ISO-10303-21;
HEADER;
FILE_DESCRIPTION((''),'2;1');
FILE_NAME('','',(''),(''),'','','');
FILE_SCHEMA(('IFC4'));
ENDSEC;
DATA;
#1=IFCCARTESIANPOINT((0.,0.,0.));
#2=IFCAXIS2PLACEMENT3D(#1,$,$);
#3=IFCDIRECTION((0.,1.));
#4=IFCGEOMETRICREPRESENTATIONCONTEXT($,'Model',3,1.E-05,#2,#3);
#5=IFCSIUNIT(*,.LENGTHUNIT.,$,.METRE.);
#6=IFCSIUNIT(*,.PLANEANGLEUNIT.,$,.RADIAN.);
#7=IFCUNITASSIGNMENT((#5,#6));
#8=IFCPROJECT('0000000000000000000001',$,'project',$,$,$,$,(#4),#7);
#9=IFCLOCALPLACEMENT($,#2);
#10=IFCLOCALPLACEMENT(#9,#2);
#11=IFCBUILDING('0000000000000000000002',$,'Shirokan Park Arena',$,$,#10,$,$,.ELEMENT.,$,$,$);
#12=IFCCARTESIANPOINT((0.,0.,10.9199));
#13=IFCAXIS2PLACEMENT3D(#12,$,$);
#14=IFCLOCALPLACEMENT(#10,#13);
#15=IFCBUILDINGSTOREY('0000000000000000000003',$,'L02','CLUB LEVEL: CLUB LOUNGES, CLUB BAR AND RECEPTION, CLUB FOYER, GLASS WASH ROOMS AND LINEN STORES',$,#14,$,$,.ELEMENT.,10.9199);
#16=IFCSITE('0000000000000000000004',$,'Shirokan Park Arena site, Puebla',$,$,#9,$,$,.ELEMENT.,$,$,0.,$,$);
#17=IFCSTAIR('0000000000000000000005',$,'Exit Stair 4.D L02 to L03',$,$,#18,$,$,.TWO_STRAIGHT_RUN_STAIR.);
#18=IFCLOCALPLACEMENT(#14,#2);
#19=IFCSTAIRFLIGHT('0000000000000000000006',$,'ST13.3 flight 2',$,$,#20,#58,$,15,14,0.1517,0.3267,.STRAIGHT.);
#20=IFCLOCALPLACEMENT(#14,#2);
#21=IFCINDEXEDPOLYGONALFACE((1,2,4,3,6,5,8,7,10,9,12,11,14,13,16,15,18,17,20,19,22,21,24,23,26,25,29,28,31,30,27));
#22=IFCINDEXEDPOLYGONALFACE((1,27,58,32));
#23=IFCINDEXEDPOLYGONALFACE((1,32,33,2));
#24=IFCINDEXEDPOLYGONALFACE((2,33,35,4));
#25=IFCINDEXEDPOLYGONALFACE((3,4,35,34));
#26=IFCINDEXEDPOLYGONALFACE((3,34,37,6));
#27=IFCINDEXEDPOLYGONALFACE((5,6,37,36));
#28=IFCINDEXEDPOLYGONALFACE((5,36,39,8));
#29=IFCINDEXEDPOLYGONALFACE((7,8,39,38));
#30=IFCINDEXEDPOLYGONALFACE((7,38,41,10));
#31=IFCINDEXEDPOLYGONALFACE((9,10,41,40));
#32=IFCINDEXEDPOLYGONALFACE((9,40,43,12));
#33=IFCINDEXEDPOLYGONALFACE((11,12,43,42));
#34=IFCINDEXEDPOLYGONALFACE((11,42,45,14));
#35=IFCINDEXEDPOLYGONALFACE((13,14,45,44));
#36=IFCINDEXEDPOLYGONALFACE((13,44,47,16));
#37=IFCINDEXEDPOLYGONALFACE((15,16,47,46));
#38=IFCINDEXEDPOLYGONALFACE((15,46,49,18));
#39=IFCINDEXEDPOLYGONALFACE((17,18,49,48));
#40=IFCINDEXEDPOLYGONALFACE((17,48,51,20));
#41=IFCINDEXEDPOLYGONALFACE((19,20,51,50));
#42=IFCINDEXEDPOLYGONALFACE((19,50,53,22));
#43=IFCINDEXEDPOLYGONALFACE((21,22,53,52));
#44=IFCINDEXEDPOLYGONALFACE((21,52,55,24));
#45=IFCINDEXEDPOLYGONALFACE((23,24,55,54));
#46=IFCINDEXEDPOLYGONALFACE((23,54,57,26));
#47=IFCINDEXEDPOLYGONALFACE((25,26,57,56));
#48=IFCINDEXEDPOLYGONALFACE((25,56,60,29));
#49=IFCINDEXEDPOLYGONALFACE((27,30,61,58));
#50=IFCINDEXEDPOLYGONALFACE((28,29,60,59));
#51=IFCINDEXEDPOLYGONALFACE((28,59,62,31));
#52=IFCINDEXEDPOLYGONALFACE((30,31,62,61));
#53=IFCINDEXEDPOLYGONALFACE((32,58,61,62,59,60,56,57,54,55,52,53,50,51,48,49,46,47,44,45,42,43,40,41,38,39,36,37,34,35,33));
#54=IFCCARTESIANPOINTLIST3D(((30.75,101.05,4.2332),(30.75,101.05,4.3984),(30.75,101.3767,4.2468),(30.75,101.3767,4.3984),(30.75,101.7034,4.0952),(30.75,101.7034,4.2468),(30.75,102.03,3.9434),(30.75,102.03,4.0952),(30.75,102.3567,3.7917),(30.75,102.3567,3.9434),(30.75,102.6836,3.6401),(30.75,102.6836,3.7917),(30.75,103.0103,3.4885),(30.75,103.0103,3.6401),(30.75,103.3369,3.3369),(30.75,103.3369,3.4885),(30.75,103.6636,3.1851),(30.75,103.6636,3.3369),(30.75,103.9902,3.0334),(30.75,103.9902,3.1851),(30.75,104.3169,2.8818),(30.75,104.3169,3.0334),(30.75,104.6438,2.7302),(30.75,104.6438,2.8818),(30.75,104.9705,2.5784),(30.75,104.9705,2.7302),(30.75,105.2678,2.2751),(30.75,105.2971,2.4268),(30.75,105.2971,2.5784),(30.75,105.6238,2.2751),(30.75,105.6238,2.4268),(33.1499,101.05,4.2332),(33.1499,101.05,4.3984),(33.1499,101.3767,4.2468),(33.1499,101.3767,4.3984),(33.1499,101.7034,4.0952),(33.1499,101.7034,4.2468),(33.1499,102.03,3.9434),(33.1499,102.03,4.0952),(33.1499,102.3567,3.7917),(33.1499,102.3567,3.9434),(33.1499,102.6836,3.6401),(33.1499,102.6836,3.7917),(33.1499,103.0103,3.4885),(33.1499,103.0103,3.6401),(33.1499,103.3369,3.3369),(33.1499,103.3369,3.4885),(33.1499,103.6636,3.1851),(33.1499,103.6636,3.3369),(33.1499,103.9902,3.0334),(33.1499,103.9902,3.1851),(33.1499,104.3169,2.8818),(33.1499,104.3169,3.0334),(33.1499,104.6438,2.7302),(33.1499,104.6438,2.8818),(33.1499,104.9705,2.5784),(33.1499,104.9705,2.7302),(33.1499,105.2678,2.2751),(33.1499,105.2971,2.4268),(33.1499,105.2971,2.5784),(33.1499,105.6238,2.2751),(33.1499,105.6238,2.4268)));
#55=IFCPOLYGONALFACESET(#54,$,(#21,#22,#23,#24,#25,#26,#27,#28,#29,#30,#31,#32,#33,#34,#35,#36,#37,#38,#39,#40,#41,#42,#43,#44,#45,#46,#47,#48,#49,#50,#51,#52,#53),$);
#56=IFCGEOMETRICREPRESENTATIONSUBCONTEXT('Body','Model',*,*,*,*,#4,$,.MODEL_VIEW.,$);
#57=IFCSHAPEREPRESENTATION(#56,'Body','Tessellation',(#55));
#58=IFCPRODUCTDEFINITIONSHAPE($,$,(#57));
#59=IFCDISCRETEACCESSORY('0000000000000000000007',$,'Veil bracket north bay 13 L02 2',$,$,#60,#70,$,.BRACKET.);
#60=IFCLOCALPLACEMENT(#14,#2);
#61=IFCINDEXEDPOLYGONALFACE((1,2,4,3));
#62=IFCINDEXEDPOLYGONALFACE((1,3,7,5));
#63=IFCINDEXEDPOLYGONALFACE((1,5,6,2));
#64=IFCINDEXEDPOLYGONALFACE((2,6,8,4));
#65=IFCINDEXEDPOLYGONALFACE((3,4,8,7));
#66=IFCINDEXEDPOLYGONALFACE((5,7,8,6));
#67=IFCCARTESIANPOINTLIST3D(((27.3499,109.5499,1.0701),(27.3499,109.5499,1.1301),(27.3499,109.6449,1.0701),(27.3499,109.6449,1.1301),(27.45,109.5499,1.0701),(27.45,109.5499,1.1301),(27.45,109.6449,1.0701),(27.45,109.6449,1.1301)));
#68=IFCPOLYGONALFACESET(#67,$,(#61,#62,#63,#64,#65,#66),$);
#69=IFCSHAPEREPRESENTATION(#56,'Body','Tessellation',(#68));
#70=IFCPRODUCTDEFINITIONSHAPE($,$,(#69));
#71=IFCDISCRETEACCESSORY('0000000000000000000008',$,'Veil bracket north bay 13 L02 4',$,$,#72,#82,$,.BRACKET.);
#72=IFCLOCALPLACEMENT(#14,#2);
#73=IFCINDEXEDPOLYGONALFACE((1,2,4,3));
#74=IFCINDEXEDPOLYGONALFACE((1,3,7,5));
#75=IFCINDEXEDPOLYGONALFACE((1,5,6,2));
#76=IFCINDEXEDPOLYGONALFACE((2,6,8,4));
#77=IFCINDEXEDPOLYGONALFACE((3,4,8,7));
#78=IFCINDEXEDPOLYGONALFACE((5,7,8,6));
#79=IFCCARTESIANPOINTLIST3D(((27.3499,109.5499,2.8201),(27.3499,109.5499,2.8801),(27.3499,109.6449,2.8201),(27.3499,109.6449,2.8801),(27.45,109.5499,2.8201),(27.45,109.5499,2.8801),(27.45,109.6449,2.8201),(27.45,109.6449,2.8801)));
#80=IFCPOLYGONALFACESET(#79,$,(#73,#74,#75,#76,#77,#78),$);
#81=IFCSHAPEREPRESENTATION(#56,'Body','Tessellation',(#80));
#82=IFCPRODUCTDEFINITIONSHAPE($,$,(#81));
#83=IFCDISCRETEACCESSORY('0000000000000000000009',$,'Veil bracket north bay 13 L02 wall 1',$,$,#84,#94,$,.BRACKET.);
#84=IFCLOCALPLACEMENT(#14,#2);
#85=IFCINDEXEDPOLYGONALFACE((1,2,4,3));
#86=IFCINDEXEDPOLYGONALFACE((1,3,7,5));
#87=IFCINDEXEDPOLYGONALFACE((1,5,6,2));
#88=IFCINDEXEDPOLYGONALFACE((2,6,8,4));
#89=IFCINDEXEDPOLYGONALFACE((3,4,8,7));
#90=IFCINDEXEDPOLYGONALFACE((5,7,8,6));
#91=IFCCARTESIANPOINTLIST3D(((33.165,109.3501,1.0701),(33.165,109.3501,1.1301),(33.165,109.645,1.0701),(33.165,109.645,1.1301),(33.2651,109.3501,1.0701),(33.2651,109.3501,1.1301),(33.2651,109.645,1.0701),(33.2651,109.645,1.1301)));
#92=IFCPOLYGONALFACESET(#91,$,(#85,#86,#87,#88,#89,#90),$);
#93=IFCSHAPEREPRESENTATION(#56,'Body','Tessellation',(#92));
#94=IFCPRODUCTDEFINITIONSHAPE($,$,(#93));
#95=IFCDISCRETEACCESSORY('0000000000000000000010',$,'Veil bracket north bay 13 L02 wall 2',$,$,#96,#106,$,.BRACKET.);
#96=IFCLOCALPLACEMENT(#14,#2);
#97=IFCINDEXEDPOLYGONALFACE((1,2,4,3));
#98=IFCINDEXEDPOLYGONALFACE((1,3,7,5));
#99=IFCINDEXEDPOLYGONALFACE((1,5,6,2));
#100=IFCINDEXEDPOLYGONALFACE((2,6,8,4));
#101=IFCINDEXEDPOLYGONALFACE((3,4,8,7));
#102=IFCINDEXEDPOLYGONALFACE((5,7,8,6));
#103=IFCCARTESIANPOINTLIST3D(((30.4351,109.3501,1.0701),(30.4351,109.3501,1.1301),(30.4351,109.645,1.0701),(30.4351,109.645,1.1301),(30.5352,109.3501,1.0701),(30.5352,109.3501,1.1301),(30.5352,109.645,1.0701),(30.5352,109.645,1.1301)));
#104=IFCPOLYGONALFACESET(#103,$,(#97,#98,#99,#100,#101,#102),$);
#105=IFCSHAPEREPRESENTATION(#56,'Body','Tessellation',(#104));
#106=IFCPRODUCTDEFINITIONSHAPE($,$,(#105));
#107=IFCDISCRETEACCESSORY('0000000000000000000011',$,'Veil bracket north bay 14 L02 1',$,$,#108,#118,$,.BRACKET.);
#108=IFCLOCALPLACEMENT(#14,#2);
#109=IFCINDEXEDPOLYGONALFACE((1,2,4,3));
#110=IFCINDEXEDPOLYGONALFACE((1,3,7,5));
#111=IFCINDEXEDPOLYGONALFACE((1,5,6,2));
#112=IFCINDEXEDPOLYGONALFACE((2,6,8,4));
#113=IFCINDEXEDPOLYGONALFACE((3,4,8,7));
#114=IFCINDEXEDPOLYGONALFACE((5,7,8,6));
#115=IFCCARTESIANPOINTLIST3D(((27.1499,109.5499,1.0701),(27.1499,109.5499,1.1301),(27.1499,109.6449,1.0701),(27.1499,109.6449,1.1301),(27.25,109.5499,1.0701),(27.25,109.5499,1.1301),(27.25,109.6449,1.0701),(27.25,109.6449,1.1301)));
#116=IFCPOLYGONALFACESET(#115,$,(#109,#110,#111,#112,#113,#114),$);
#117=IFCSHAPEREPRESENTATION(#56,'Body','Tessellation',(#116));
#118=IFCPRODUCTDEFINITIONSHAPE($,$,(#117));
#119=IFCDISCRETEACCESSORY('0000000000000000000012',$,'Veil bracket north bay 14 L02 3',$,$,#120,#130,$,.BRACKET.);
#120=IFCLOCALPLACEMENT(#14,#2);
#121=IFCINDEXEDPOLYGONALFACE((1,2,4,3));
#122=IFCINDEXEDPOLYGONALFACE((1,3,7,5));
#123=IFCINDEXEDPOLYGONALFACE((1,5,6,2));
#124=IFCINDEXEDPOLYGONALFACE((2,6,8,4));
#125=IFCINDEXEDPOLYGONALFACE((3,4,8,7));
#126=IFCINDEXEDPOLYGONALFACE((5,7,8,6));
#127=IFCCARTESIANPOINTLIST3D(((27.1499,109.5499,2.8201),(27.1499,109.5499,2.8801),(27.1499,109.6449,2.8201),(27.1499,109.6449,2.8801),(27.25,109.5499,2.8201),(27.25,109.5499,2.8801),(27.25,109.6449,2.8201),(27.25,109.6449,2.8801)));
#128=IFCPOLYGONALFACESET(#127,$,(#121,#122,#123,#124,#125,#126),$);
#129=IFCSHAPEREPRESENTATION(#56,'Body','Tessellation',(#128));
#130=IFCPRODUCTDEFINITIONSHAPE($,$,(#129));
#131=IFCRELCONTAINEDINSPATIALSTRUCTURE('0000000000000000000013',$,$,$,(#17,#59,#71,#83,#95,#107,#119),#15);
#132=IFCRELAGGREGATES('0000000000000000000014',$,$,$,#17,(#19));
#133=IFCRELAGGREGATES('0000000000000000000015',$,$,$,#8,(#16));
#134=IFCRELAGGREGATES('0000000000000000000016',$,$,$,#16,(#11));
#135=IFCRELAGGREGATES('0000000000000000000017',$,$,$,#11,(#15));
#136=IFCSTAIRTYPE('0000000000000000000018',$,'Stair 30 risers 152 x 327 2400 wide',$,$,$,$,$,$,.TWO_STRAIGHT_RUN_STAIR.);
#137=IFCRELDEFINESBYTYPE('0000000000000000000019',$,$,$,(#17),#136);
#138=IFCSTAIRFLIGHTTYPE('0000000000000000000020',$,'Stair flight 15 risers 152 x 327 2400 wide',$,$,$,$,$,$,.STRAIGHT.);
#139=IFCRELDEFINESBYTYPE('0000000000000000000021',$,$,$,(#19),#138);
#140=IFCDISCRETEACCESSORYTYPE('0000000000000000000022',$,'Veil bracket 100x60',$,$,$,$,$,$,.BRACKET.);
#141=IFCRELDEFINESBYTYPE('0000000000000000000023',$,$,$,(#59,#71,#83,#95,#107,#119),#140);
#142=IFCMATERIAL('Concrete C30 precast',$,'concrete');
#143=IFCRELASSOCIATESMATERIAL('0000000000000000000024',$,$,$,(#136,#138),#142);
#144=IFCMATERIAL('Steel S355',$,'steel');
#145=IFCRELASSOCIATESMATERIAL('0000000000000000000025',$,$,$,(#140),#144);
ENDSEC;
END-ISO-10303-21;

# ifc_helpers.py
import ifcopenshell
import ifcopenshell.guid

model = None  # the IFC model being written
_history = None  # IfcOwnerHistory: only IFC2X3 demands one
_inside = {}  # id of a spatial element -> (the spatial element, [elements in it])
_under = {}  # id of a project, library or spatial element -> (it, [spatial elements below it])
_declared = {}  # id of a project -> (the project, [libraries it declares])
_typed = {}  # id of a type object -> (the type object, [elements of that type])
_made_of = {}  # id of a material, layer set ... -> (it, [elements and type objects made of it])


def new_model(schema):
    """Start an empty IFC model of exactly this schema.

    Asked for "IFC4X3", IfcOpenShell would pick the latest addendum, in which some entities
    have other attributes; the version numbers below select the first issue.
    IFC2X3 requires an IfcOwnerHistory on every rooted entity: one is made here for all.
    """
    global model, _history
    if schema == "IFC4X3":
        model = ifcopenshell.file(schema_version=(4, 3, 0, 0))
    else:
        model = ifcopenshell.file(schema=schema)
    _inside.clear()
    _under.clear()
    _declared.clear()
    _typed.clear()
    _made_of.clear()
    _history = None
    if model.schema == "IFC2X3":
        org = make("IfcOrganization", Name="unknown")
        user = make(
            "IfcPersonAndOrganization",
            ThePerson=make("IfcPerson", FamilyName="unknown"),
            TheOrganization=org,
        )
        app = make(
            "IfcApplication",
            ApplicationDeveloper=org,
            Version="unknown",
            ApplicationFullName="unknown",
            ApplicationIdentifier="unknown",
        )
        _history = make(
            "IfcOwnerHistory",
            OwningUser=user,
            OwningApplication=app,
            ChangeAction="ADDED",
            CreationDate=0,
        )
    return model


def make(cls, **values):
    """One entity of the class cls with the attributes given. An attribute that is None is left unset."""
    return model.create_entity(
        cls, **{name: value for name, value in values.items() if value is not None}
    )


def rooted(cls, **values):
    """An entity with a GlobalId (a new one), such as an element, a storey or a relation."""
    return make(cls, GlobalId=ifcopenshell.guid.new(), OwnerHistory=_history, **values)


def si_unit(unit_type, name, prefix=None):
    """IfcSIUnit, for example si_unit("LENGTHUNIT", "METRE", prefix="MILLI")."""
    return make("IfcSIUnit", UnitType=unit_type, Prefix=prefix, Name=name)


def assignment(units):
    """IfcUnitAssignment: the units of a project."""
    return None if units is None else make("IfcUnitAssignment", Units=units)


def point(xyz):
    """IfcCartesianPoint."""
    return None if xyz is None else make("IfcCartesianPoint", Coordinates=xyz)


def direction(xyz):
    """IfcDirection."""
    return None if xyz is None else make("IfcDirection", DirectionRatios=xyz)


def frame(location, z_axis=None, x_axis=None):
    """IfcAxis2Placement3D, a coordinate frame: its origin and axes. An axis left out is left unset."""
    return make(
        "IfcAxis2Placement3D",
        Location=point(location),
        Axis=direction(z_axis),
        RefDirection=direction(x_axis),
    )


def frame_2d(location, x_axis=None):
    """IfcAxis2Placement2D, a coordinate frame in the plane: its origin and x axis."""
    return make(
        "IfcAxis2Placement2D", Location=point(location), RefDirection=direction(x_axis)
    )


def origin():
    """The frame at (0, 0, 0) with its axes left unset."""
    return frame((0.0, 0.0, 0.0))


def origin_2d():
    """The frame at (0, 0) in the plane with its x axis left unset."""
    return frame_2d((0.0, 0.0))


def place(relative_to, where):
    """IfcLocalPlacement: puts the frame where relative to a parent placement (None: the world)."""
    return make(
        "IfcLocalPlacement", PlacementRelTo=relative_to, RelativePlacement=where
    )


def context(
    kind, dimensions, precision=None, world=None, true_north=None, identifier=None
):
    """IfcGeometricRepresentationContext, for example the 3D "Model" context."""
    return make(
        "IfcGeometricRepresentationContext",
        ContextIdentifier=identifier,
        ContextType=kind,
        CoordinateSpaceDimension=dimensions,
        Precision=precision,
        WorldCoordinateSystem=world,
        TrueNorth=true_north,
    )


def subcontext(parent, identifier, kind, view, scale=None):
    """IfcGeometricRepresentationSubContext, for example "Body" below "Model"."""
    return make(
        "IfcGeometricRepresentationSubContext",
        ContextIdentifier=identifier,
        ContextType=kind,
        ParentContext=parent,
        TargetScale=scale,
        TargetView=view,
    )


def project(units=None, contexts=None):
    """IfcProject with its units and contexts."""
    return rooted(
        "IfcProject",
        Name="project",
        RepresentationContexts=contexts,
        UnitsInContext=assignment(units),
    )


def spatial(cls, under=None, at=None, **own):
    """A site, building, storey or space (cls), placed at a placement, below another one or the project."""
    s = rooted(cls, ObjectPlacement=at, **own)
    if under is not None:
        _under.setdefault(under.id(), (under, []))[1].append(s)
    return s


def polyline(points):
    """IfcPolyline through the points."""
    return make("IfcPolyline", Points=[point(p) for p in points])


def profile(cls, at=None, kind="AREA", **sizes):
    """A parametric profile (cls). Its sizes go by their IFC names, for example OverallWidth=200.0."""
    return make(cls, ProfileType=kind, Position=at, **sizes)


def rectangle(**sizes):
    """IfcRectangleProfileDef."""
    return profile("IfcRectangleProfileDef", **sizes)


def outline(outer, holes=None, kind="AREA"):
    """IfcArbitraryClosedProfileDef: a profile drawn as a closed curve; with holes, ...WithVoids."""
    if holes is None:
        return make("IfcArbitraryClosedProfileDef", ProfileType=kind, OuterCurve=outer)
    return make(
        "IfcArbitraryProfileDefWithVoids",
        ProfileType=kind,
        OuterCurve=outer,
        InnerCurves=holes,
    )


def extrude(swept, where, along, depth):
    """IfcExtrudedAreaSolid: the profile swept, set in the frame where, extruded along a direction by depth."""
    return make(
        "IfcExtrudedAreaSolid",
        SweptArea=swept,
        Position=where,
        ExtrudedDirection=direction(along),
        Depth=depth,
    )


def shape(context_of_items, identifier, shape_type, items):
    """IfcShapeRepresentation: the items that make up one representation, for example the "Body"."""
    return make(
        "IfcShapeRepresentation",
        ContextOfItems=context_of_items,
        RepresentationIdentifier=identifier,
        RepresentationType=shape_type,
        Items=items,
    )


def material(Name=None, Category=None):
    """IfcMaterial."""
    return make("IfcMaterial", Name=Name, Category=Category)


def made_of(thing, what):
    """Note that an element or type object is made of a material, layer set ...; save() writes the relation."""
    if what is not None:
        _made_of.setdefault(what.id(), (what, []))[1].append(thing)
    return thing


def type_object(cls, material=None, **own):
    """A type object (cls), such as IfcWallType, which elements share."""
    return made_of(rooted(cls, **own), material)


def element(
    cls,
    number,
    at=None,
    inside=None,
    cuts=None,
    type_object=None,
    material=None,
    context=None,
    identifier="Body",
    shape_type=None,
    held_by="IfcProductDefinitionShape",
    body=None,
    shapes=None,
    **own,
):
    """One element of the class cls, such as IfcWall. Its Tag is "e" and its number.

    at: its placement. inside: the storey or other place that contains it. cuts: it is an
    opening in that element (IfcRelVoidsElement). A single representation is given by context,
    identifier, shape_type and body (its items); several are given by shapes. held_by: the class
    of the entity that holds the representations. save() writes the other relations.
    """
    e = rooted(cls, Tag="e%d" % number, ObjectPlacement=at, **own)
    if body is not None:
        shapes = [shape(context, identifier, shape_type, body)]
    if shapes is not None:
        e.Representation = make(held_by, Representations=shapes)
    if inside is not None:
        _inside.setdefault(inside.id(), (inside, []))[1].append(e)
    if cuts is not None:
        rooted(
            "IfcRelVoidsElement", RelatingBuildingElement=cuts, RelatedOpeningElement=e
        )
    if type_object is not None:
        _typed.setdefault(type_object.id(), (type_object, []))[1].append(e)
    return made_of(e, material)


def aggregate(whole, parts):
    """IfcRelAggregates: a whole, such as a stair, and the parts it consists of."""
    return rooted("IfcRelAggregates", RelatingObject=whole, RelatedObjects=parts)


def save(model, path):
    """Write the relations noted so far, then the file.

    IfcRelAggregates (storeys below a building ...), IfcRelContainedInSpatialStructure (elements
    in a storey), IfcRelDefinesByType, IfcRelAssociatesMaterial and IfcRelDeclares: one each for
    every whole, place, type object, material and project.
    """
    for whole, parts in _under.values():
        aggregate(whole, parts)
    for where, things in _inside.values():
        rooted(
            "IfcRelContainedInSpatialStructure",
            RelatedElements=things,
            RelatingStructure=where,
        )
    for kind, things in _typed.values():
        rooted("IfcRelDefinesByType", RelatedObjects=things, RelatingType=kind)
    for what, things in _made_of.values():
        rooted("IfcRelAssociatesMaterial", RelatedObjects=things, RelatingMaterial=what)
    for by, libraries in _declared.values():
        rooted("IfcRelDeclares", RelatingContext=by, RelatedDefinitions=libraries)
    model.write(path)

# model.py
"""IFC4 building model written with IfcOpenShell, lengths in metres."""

from ifc_helpers import new_model, si_unit, direction, frame, origin, origin_2d, place, context, subcontext, project, spatial, polyline, rectangle, outline, extrude, material, type_object, element, aggregate, save


model = new_model("IFC4")

# Units and contexts
model_context = context("Model", 3, precision=1e-05, world=origin(), true_north=direction((0.0, 1.0)))
body_context = subcontext(model_context, "Body", "Model", "MODEL_VIEW")
ifc_project = project(units=[si_unit("LENGTHUNIT", "METRE"), si_unit("PLANEANGLEUNIT", "RADIAN")], contexts=[model_context])

# Site, building, storey
site_placement = place(None, origin())
site = spatial("IfcSite", under=ifc_project, at=site_placement, Name="Shirokan Park Arena site, Puebla", CompositionType="ELEMENT", RefElevation=0.0)
building_placement = place(site_placement, origin())
building = spatial("IfcBuilding", under=site, at=building_placement, Name="Shirokan Park Arena", CompositionType="ELEMENT")
storey_placement = place(building_placement, frame((0.0, 0.0, 10.9199)))
storey = spatial("IfcBuildingStorey", under=building, at=storey_placement, Name="L02", Description="CLUB LEVEL: CLUB LOUNGES, CLUB BAR AND RECEPTION, CLUB FOYER, GLASS WASH ROOMS AND LINEN STORES", CompositionType="ELEMENT", Elevation=10.9199)

# Shared definitions
ifc_material_1 = material(Name="Steel S355", Category="steel")

# Stair, stair flight
ifc_material_2 = material(Name="Concrete C30 precast", Category="concrete")
stair_type = type_object("IfcStairType", Name="Stair 30 risers 152 x 327 2400 wide", PredefinedType="TWO_STRAIGHT_RUN_STAIR", material=ifc_material_2)
stair_placement = place(storey_placement, origin())
stair = element("IfcStair", 1, at=stair_placement, inside=storey, type_object=stair_type, Name="Exit Stair 4.D L02 to L03", PredefinedType="TWO_STRAIGHT_RUN_STAIR")
stair_flight_type = type_object("IfcStairFlightType", Name="Stair flight 15 risers 152 x 327 2400 wide", PredefinedType="STRAIGHT", material=ifc_material_2)
stair_flight_placement = place(storey_placement, frame((31.95, 105.6238, 2.2751), z_axis=(0.0, 0.0, 1.0), x_axis=(0.0, -1.0, 0.0)))
stair_flight = element("IfcStairFlight", 2, at=stair_flight_placement, type_object=stair_flight_type, Name="ST13.3 flight 2", NumberOfRisers=15, NumberOfTreads=14, PredefinedType="STRAIGHT", RiserHeight=0.1517, TreadLength=0.3267, context=body_context, shape_type="SweptSolid", body=[
    extrude(outline(polyline([(0.0, 0.0), (0.0, 0.1516), (0.3267, 0.1516), (0.3267, 0.3032), (0.6533, 0.3032), (0.6533, 0.4551), (0.98, 0.4551), (0.98, 0.6067), (1.3069, 0.6067), (1.3069, 0.7583), (1.6335, 0.7583), (1.6335, 0.9099), (1.9602, 0.9099), (1.9602, 1.0618), (2.2869, 1.0618), (2.2869, 1.2134), (2.6135, 1.2134), (2.6135, 1.365), (2.9402, 1.365), (2.9402, 1.5166), (3.2671, 1.5166), (3.2671, 1.6682), (3.5938, 1.6682), (3.5938, 1.8201), (3.9204, 1.8201), (3.9204, 1.9717), (4.2471, 1.9717), (4.2471, 2.1233), (4.5737, 2.1233), (4.5737, 2.2749), (4.5737, 1.958), (0.356, 0.0), (0.0, 0.0)])), frame((0.0, 1.2, 0.0), z_axis=(0.0, -1.0, 0.0), x_axis=(1.0, 0.0, 0.0)), (0.0, 0.0, 1.0), 2.3999),
])
aggregate(stair, [stair_flight])

# Discrete accessories
discrete_accessory_type = type_object("IfcDiscreteAccessoryType", Name="Veil bracket 100x60", PredefinedType="BRACKET", material=ifc_material_1)
for number, where, z_axis, x_axis, name in (
    (3, (27.3999, 109.5974, 1.0701), (0.0, 0.0, 1.0), (-1.0, 0.0, 0.0), "Veil bracket north bay 13 L02 2"),
    (4, (27.3999, 109.5974, 2.8201), (0.0, 0.0, 1.0), (-1.0, 0.0, 0.0), "Veil bracket north bay 13 L02 4"),
):
    element("IfcDiscreteAccessory", number, at=place(storey_placement, frame(where, z_axis=z_axis, x_axis=x_axis)), inside=storey, type_object=discrete_accessory_type, Name=name, PredefinedType="BRACKET", context=body_context, shape_type="SweptSolid", body=[
        extrude(rectangle(XDim=0.1001, YDim=0.095, at=origin_2d()), origin(), (0.0, 0.0, 1.0), 0.0601),
    ])
for number, where, z_axis, x_axis, name in (
    (5, (33.2151, 109.4976, 1.0701), (0.0, 0.0, 1.0), (-1.0, 0.0, 0.0), "Veil bracket north bay 13 L02 wall 1"),
    (6, (30.4851, 109.4976, 1.0701), (0.0, 0.0, 1.0), (-1.0, 0.0, 0.0), "Veil bracket north bay 13 L02 wall 2"),
):
    element("IfcDiscreteAccessory", number, at=place(storey_placement, frame(where, z_axis=z_axis, x_axis=x_axis)), inside=storey, type_object=discrete_accessory_type, Name=name, PredefinedType="BRACKET", context=body_context, shape_type="SweptSolid", body=[
        extrude(rectangle(XDim=0.1001, YDim=0.2949, at=origin_2d()), origin(), (0.0, 0.0, 1.0), 0.0601),
    ])
for number, where, z_axis, x_axis, name in (
    (7, (27.2, 109.5974, 1.0701), (0.0, 0.0, 1.0), (-1.0, 0.0, 0.0), "Veil bracket north bay 14 L02 1"),
    (8, (27.2, 109.5974, 2.8201), (0.0, 0.0, 1.0), (-1.0, 0.0, 0.0), "Veil bracket north bay 14 L02 3"),
):
    element("IfcDiscreteAccessory", number, at=place(storey_placement, frame(where, z_axis=z_axis, x_axis=x_axis)), inside=storey, type_object=discrete_accessory_type, Name=name, PredefinedType="BRACKET", context=body_context, shape_type="SweptSolid", body=[
        extrude(rectangle(XDim=0.1001, YDim=0.095, at=origin_2d()), origin(), (0.0, 0.0, 1.0), 0.0601),
    ])

save(model, "model.ifc")
